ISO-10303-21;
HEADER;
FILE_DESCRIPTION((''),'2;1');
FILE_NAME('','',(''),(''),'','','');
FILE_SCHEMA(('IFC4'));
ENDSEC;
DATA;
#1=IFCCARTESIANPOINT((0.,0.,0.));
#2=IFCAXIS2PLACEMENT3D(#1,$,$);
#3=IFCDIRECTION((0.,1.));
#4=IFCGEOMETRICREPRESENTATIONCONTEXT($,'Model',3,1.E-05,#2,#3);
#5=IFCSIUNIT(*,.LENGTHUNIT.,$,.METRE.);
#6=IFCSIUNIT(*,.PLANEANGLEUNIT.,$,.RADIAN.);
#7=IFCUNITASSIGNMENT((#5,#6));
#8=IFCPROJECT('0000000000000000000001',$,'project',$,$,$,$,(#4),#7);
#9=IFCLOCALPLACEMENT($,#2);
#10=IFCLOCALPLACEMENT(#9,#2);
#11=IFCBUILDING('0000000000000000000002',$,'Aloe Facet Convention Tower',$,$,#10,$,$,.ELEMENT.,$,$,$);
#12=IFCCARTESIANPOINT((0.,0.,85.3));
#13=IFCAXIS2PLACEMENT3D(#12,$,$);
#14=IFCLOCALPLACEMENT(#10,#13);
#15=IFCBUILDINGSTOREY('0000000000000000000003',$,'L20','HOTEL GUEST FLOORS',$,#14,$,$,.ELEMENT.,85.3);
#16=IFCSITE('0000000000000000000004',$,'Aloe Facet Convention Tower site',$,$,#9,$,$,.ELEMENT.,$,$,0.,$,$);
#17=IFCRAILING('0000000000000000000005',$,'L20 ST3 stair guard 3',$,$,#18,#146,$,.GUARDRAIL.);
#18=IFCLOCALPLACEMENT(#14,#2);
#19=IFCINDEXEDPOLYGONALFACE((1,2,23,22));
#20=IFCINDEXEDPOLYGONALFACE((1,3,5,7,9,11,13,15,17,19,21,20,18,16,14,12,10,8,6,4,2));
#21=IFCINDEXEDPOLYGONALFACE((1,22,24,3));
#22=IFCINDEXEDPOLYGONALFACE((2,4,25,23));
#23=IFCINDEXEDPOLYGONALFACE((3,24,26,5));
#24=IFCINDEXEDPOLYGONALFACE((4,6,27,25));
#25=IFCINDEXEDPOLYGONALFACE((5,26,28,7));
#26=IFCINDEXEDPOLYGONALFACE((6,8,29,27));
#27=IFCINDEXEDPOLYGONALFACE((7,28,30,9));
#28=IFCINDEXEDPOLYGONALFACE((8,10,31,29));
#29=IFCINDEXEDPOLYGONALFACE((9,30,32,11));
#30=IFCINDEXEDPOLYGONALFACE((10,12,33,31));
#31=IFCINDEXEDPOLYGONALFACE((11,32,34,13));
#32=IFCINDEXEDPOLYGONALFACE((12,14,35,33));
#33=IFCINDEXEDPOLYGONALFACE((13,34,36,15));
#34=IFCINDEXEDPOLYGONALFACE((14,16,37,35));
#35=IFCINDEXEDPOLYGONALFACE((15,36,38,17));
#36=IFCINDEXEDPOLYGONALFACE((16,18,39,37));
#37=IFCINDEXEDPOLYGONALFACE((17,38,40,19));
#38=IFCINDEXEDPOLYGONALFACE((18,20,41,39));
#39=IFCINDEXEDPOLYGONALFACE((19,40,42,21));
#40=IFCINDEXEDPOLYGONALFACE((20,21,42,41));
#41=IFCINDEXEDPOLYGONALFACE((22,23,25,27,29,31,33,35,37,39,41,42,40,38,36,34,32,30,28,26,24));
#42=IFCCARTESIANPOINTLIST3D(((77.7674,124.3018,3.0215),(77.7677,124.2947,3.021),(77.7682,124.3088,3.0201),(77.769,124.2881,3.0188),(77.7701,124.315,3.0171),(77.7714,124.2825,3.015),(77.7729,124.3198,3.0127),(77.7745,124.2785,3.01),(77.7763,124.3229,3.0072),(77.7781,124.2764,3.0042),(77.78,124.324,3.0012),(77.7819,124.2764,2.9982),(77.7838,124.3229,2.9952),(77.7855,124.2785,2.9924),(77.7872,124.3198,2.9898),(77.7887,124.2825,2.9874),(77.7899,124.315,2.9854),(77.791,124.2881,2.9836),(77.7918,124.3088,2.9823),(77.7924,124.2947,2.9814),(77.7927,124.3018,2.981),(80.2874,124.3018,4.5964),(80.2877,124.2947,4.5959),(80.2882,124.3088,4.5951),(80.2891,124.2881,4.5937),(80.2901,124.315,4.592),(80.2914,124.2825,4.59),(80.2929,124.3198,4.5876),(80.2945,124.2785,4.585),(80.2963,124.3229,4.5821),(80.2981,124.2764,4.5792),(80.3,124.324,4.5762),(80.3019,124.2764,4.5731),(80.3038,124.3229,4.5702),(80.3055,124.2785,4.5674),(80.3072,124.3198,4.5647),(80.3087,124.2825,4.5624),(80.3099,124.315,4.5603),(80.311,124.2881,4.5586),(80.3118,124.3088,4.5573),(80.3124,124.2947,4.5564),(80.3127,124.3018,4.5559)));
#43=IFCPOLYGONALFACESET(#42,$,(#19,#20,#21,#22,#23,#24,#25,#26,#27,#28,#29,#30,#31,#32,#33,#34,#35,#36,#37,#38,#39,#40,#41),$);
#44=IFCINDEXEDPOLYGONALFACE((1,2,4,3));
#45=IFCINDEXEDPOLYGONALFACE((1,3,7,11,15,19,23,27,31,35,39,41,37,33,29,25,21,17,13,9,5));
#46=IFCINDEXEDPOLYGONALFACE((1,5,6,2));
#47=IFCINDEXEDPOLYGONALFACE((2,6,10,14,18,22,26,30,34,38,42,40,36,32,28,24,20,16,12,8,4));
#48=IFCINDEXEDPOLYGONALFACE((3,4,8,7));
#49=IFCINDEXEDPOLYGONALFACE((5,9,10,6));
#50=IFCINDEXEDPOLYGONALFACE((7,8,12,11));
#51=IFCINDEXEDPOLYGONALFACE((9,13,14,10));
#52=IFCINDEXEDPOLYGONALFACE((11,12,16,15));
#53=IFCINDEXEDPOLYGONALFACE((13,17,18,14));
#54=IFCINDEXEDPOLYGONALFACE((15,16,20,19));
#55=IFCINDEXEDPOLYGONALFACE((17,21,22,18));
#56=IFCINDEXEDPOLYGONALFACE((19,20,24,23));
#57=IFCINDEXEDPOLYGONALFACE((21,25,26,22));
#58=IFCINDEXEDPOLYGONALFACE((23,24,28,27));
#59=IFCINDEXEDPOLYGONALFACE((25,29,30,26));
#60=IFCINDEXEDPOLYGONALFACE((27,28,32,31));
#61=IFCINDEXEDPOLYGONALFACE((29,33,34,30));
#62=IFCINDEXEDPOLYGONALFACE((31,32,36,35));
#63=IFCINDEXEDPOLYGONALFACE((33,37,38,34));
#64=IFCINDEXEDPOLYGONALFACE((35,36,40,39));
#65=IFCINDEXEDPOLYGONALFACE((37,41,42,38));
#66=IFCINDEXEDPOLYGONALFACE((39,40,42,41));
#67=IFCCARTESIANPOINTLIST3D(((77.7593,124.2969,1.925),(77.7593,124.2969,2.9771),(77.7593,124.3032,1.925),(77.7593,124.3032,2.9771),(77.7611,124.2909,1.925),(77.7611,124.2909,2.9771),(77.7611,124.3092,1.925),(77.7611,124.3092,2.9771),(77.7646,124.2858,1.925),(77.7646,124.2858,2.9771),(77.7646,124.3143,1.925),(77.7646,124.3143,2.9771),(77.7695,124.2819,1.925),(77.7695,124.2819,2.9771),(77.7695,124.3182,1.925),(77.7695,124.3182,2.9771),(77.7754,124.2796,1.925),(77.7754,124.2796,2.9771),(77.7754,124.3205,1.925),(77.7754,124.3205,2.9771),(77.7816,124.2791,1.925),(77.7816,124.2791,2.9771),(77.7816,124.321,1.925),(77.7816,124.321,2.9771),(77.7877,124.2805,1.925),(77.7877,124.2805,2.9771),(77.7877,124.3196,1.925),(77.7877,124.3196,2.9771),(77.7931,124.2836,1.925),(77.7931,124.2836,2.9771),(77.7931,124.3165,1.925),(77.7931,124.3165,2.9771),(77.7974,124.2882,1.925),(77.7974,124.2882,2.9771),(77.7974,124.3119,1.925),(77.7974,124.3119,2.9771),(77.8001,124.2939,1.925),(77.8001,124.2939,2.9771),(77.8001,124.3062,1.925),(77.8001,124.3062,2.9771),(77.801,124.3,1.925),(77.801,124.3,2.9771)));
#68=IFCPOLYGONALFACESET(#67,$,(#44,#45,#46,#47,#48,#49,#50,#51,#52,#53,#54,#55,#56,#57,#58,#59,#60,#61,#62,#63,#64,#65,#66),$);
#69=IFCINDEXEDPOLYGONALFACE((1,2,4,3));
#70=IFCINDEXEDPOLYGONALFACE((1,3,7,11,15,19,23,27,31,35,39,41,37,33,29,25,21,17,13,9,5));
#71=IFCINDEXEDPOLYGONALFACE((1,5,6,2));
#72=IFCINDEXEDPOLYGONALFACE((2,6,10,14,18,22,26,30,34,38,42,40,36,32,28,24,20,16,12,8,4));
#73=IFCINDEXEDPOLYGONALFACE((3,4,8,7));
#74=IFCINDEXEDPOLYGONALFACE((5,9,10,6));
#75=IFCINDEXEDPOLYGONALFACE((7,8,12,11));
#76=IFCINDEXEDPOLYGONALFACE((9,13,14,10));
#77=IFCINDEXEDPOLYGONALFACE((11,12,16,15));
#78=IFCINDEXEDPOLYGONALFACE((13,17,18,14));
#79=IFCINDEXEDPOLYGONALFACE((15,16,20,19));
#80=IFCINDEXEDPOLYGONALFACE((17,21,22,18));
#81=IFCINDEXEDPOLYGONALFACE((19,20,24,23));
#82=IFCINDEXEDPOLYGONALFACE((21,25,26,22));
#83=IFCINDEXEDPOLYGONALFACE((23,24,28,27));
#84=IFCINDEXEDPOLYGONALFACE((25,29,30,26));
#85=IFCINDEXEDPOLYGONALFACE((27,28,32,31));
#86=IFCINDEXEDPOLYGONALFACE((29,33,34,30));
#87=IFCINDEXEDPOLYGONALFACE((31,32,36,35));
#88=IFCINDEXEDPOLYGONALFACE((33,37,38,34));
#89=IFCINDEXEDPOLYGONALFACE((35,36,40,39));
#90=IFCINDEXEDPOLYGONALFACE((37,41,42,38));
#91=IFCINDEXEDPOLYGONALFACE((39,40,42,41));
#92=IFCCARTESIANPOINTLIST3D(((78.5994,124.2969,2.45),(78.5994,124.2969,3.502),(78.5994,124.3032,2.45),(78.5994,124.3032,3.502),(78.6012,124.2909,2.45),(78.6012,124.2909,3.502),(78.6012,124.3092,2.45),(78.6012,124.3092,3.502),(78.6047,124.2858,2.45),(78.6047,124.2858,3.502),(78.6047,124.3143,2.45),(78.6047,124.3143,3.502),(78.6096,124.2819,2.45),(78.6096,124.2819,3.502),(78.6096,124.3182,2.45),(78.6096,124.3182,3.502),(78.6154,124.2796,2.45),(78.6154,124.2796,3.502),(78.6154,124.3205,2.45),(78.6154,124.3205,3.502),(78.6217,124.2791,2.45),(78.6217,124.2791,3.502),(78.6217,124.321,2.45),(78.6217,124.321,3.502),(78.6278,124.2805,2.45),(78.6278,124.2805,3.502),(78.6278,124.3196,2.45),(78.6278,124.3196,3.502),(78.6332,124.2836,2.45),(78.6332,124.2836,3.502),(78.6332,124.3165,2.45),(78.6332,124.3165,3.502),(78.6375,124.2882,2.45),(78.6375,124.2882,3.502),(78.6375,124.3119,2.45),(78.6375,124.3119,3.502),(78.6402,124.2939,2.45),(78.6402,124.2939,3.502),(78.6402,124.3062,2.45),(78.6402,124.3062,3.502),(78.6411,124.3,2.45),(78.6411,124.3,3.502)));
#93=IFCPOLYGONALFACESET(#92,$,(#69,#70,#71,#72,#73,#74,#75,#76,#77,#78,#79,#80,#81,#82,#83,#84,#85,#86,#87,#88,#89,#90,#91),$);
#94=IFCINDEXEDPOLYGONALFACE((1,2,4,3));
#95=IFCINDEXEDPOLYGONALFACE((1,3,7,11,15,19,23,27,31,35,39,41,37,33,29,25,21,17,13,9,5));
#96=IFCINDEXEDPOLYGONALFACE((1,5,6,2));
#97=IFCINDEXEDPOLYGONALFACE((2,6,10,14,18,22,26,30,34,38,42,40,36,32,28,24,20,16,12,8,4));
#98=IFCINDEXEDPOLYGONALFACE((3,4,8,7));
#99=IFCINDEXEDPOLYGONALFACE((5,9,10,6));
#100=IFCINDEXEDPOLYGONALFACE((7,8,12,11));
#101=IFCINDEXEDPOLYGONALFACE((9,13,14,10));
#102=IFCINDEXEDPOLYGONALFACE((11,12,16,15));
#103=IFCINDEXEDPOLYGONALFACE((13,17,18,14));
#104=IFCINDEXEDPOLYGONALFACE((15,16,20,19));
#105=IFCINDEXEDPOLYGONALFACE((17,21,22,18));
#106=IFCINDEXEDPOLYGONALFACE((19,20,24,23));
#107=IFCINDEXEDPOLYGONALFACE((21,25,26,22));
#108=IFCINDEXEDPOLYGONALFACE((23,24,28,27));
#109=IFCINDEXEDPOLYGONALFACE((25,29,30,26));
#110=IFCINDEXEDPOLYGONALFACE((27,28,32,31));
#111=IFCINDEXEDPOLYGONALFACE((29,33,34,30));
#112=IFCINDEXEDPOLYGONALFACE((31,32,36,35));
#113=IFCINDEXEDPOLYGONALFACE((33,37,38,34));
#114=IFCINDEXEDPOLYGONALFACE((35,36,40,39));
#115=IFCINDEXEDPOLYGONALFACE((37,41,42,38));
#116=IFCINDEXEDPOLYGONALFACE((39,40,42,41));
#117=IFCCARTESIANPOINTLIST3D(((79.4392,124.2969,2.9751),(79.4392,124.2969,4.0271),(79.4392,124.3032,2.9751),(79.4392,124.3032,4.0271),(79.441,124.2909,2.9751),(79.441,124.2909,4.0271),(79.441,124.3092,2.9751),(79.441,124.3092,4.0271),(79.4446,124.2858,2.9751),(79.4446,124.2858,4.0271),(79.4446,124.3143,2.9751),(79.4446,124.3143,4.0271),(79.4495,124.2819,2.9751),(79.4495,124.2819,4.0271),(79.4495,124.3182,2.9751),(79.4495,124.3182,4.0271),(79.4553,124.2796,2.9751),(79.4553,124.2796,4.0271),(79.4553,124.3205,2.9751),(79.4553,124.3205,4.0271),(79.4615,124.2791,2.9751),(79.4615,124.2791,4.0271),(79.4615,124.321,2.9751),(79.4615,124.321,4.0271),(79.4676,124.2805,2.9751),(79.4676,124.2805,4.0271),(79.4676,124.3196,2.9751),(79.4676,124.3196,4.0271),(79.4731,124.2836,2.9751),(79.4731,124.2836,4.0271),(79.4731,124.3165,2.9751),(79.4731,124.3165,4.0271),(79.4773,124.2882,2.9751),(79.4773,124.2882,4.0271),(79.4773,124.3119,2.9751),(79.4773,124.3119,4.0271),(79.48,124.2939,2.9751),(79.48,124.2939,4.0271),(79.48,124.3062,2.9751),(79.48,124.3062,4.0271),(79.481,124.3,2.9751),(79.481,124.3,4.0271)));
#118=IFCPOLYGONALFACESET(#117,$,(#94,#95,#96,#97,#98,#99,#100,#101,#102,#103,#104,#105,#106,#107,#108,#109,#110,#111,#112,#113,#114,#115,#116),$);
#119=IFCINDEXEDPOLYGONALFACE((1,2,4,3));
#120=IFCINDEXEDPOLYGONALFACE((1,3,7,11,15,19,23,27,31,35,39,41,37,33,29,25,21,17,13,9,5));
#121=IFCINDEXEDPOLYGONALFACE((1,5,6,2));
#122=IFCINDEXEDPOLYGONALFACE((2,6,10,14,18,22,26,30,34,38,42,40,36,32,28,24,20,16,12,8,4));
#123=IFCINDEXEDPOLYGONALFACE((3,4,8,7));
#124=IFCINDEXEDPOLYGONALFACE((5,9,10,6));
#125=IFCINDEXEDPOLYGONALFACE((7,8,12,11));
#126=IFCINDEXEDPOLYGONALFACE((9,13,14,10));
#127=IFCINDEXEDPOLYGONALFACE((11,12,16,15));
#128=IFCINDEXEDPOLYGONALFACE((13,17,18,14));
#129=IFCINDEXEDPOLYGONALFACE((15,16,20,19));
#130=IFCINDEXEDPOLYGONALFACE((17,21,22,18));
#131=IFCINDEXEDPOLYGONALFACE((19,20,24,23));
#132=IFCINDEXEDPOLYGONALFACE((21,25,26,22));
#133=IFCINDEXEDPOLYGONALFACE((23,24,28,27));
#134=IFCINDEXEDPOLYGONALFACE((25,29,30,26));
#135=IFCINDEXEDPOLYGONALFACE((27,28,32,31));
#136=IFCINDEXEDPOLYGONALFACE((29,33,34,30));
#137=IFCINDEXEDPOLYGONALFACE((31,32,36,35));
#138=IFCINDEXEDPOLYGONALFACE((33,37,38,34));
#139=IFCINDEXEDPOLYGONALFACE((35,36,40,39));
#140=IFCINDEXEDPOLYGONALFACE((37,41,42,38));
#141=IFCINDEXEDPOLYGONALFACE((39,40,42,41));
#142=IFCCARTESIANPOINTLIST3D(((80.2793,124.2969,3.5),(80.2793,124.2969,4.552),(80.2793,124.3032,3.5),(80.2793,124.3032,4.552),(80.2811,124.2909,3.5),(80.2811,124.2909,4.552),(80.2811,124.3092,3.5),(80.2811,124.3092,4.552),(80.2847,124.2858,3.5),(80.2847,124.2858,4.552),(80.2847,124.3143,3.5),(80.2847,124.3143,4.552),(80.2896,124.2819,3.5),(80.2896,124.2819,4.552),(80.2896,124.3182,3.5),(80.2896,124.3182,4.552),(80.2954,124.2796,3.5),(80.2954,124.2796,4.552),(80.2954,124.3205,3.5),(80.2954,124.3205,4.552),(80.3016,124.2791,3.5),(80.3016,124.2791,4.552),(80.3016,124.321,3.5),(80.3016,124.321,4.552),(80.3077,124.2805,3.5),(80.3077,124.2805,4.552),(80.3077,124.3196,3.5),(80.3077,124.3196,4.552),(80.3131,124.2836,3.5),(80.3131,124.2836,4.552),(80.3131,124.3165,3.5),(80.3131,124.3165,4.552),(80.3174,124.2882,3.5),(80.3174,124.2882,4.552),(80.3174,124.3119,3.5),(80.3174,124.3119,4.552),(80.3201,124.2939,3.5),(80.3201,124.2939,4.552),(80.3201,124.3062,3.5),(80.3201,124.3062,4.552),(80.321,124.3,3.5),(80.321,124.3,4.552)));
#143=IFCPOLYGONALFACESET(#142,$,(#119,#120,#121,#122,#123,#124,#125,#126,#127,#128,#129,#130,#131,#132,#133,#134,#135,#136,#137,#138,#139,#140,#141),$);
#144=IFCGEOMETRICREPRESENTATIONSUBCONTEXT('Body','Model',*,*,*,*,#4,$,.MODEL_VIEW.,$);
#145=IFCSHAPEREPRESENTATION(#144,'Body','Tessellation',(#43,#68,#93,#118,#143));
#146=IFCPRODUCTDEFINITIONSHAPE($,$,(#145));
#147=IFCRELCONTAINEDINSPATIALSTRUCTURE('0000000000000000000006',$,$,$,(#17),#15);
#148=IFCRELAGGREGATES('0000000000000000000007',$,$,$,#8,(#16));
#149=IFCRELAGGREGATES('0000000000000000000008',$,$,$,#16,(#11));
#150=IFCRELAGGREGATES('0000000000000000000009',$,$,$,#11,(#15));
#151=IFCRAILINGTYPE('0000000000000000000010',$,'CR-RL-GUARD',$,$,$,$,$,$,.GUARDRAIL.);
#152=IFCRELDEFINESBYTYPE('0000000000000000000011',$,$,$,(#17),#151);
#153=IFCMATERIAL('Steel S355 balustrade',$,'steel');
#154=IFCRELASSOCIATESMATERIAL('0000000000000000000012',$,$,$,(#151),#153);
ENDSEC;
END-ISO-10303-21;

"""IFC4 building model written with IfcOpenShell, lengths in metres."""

from ifc_helpers import new_model, si_unit, direction, frame, origin, origin_2d, place, context, subcontext, project, spatial, circle, extrude, material, type_object, element, save


model = new_model("IFC4")

# Units and contexts
model_context = context("Model", 3, precision=1e-05, world=origin(), true_north=direction((0.0, 1.0)))
body_context = subcontext(model_context, "Body", "Model", "MODEL_VIEW")
ifc_project = project(units=[si_unit("LENGTHUNIT", "METRE"), si_unit("PLANEANGLEUNIT", "RADIAN")], contexts=[model_context])

# Site, building, storey
site_placement = place(None, origin())
site = spatial("IfcSite", under=ifc_project, at=site_placement, Name="Aloe Facet Convention Tower site", CompositionType="ELEMENT", RefElevation=0.0)
building_placement = place(site_placement, origin())
building = spatial("IfcBuilding", under=site, at=building_placement, Name="Aloe Facet Convention Tower", CompositionType="ELEMENT")
storey_placement = place(building_placement, frame((0.0, 0.0, 85.3)))
storey = spatial("IfcBuildingStorey", under=building, at=storey_placement, Name="L20", Description="HOTEL GUEST FLOORS", CompositionType="ELEMENT", Elevation=85.3)

# Railing
ifc_material_1 = material(Name="Steel S355 balustrade", Category="steel")
railing_type_1 = type_object("IfcRailingType", Name="CR-RL-GUARD", PredefinedType="GUARDRAIL", material=ifc_material_1)
railing_1_placement = place(storey_placement, frame((77.78, 124.3, 1.925)))
element("IfcRailing", 1, at=railing_1_placement, inside=storey, type_object=railing_type_1, Name="L20 ST3 stair guard 3", PredefinedType="GUARDRAIL", context=body_context, shape_type="SweptSolid", body=[
    extrude(circle(Radius=0.0239, at=origin_2d()), frame((0.0, 0.0, 1.0762), z_axis=(0.848008, 0.0, 0.529984), x_axis=(0.0, 1.0, 0.0)), (0.0, 0.0, 1.0), 2.9717),
    extrude(circle(Radius=0.021, at=origin_2d()), origin(), (0.0, 0.0, 1.0), 1.052),
    extrude(circle(Radius=0.021, at=origin_2d()), frame((0.8401, 0.0, 0.5249)), (0.0, 0.0, 1.0), 1.052),
    extrude(circle(Radius=0.021, at=origin_2d()), frame((1.6799, 0.0, 1.05)), (0.0, 0.0, 1.0), 1.052),
    extrude(circle(Radius=0.021, at=origin_2d()), frame((2.52, 0.0, 1.575)), (0.0, 0.0, 1.0), 1.052),
])

save(model, "model.ifc")
